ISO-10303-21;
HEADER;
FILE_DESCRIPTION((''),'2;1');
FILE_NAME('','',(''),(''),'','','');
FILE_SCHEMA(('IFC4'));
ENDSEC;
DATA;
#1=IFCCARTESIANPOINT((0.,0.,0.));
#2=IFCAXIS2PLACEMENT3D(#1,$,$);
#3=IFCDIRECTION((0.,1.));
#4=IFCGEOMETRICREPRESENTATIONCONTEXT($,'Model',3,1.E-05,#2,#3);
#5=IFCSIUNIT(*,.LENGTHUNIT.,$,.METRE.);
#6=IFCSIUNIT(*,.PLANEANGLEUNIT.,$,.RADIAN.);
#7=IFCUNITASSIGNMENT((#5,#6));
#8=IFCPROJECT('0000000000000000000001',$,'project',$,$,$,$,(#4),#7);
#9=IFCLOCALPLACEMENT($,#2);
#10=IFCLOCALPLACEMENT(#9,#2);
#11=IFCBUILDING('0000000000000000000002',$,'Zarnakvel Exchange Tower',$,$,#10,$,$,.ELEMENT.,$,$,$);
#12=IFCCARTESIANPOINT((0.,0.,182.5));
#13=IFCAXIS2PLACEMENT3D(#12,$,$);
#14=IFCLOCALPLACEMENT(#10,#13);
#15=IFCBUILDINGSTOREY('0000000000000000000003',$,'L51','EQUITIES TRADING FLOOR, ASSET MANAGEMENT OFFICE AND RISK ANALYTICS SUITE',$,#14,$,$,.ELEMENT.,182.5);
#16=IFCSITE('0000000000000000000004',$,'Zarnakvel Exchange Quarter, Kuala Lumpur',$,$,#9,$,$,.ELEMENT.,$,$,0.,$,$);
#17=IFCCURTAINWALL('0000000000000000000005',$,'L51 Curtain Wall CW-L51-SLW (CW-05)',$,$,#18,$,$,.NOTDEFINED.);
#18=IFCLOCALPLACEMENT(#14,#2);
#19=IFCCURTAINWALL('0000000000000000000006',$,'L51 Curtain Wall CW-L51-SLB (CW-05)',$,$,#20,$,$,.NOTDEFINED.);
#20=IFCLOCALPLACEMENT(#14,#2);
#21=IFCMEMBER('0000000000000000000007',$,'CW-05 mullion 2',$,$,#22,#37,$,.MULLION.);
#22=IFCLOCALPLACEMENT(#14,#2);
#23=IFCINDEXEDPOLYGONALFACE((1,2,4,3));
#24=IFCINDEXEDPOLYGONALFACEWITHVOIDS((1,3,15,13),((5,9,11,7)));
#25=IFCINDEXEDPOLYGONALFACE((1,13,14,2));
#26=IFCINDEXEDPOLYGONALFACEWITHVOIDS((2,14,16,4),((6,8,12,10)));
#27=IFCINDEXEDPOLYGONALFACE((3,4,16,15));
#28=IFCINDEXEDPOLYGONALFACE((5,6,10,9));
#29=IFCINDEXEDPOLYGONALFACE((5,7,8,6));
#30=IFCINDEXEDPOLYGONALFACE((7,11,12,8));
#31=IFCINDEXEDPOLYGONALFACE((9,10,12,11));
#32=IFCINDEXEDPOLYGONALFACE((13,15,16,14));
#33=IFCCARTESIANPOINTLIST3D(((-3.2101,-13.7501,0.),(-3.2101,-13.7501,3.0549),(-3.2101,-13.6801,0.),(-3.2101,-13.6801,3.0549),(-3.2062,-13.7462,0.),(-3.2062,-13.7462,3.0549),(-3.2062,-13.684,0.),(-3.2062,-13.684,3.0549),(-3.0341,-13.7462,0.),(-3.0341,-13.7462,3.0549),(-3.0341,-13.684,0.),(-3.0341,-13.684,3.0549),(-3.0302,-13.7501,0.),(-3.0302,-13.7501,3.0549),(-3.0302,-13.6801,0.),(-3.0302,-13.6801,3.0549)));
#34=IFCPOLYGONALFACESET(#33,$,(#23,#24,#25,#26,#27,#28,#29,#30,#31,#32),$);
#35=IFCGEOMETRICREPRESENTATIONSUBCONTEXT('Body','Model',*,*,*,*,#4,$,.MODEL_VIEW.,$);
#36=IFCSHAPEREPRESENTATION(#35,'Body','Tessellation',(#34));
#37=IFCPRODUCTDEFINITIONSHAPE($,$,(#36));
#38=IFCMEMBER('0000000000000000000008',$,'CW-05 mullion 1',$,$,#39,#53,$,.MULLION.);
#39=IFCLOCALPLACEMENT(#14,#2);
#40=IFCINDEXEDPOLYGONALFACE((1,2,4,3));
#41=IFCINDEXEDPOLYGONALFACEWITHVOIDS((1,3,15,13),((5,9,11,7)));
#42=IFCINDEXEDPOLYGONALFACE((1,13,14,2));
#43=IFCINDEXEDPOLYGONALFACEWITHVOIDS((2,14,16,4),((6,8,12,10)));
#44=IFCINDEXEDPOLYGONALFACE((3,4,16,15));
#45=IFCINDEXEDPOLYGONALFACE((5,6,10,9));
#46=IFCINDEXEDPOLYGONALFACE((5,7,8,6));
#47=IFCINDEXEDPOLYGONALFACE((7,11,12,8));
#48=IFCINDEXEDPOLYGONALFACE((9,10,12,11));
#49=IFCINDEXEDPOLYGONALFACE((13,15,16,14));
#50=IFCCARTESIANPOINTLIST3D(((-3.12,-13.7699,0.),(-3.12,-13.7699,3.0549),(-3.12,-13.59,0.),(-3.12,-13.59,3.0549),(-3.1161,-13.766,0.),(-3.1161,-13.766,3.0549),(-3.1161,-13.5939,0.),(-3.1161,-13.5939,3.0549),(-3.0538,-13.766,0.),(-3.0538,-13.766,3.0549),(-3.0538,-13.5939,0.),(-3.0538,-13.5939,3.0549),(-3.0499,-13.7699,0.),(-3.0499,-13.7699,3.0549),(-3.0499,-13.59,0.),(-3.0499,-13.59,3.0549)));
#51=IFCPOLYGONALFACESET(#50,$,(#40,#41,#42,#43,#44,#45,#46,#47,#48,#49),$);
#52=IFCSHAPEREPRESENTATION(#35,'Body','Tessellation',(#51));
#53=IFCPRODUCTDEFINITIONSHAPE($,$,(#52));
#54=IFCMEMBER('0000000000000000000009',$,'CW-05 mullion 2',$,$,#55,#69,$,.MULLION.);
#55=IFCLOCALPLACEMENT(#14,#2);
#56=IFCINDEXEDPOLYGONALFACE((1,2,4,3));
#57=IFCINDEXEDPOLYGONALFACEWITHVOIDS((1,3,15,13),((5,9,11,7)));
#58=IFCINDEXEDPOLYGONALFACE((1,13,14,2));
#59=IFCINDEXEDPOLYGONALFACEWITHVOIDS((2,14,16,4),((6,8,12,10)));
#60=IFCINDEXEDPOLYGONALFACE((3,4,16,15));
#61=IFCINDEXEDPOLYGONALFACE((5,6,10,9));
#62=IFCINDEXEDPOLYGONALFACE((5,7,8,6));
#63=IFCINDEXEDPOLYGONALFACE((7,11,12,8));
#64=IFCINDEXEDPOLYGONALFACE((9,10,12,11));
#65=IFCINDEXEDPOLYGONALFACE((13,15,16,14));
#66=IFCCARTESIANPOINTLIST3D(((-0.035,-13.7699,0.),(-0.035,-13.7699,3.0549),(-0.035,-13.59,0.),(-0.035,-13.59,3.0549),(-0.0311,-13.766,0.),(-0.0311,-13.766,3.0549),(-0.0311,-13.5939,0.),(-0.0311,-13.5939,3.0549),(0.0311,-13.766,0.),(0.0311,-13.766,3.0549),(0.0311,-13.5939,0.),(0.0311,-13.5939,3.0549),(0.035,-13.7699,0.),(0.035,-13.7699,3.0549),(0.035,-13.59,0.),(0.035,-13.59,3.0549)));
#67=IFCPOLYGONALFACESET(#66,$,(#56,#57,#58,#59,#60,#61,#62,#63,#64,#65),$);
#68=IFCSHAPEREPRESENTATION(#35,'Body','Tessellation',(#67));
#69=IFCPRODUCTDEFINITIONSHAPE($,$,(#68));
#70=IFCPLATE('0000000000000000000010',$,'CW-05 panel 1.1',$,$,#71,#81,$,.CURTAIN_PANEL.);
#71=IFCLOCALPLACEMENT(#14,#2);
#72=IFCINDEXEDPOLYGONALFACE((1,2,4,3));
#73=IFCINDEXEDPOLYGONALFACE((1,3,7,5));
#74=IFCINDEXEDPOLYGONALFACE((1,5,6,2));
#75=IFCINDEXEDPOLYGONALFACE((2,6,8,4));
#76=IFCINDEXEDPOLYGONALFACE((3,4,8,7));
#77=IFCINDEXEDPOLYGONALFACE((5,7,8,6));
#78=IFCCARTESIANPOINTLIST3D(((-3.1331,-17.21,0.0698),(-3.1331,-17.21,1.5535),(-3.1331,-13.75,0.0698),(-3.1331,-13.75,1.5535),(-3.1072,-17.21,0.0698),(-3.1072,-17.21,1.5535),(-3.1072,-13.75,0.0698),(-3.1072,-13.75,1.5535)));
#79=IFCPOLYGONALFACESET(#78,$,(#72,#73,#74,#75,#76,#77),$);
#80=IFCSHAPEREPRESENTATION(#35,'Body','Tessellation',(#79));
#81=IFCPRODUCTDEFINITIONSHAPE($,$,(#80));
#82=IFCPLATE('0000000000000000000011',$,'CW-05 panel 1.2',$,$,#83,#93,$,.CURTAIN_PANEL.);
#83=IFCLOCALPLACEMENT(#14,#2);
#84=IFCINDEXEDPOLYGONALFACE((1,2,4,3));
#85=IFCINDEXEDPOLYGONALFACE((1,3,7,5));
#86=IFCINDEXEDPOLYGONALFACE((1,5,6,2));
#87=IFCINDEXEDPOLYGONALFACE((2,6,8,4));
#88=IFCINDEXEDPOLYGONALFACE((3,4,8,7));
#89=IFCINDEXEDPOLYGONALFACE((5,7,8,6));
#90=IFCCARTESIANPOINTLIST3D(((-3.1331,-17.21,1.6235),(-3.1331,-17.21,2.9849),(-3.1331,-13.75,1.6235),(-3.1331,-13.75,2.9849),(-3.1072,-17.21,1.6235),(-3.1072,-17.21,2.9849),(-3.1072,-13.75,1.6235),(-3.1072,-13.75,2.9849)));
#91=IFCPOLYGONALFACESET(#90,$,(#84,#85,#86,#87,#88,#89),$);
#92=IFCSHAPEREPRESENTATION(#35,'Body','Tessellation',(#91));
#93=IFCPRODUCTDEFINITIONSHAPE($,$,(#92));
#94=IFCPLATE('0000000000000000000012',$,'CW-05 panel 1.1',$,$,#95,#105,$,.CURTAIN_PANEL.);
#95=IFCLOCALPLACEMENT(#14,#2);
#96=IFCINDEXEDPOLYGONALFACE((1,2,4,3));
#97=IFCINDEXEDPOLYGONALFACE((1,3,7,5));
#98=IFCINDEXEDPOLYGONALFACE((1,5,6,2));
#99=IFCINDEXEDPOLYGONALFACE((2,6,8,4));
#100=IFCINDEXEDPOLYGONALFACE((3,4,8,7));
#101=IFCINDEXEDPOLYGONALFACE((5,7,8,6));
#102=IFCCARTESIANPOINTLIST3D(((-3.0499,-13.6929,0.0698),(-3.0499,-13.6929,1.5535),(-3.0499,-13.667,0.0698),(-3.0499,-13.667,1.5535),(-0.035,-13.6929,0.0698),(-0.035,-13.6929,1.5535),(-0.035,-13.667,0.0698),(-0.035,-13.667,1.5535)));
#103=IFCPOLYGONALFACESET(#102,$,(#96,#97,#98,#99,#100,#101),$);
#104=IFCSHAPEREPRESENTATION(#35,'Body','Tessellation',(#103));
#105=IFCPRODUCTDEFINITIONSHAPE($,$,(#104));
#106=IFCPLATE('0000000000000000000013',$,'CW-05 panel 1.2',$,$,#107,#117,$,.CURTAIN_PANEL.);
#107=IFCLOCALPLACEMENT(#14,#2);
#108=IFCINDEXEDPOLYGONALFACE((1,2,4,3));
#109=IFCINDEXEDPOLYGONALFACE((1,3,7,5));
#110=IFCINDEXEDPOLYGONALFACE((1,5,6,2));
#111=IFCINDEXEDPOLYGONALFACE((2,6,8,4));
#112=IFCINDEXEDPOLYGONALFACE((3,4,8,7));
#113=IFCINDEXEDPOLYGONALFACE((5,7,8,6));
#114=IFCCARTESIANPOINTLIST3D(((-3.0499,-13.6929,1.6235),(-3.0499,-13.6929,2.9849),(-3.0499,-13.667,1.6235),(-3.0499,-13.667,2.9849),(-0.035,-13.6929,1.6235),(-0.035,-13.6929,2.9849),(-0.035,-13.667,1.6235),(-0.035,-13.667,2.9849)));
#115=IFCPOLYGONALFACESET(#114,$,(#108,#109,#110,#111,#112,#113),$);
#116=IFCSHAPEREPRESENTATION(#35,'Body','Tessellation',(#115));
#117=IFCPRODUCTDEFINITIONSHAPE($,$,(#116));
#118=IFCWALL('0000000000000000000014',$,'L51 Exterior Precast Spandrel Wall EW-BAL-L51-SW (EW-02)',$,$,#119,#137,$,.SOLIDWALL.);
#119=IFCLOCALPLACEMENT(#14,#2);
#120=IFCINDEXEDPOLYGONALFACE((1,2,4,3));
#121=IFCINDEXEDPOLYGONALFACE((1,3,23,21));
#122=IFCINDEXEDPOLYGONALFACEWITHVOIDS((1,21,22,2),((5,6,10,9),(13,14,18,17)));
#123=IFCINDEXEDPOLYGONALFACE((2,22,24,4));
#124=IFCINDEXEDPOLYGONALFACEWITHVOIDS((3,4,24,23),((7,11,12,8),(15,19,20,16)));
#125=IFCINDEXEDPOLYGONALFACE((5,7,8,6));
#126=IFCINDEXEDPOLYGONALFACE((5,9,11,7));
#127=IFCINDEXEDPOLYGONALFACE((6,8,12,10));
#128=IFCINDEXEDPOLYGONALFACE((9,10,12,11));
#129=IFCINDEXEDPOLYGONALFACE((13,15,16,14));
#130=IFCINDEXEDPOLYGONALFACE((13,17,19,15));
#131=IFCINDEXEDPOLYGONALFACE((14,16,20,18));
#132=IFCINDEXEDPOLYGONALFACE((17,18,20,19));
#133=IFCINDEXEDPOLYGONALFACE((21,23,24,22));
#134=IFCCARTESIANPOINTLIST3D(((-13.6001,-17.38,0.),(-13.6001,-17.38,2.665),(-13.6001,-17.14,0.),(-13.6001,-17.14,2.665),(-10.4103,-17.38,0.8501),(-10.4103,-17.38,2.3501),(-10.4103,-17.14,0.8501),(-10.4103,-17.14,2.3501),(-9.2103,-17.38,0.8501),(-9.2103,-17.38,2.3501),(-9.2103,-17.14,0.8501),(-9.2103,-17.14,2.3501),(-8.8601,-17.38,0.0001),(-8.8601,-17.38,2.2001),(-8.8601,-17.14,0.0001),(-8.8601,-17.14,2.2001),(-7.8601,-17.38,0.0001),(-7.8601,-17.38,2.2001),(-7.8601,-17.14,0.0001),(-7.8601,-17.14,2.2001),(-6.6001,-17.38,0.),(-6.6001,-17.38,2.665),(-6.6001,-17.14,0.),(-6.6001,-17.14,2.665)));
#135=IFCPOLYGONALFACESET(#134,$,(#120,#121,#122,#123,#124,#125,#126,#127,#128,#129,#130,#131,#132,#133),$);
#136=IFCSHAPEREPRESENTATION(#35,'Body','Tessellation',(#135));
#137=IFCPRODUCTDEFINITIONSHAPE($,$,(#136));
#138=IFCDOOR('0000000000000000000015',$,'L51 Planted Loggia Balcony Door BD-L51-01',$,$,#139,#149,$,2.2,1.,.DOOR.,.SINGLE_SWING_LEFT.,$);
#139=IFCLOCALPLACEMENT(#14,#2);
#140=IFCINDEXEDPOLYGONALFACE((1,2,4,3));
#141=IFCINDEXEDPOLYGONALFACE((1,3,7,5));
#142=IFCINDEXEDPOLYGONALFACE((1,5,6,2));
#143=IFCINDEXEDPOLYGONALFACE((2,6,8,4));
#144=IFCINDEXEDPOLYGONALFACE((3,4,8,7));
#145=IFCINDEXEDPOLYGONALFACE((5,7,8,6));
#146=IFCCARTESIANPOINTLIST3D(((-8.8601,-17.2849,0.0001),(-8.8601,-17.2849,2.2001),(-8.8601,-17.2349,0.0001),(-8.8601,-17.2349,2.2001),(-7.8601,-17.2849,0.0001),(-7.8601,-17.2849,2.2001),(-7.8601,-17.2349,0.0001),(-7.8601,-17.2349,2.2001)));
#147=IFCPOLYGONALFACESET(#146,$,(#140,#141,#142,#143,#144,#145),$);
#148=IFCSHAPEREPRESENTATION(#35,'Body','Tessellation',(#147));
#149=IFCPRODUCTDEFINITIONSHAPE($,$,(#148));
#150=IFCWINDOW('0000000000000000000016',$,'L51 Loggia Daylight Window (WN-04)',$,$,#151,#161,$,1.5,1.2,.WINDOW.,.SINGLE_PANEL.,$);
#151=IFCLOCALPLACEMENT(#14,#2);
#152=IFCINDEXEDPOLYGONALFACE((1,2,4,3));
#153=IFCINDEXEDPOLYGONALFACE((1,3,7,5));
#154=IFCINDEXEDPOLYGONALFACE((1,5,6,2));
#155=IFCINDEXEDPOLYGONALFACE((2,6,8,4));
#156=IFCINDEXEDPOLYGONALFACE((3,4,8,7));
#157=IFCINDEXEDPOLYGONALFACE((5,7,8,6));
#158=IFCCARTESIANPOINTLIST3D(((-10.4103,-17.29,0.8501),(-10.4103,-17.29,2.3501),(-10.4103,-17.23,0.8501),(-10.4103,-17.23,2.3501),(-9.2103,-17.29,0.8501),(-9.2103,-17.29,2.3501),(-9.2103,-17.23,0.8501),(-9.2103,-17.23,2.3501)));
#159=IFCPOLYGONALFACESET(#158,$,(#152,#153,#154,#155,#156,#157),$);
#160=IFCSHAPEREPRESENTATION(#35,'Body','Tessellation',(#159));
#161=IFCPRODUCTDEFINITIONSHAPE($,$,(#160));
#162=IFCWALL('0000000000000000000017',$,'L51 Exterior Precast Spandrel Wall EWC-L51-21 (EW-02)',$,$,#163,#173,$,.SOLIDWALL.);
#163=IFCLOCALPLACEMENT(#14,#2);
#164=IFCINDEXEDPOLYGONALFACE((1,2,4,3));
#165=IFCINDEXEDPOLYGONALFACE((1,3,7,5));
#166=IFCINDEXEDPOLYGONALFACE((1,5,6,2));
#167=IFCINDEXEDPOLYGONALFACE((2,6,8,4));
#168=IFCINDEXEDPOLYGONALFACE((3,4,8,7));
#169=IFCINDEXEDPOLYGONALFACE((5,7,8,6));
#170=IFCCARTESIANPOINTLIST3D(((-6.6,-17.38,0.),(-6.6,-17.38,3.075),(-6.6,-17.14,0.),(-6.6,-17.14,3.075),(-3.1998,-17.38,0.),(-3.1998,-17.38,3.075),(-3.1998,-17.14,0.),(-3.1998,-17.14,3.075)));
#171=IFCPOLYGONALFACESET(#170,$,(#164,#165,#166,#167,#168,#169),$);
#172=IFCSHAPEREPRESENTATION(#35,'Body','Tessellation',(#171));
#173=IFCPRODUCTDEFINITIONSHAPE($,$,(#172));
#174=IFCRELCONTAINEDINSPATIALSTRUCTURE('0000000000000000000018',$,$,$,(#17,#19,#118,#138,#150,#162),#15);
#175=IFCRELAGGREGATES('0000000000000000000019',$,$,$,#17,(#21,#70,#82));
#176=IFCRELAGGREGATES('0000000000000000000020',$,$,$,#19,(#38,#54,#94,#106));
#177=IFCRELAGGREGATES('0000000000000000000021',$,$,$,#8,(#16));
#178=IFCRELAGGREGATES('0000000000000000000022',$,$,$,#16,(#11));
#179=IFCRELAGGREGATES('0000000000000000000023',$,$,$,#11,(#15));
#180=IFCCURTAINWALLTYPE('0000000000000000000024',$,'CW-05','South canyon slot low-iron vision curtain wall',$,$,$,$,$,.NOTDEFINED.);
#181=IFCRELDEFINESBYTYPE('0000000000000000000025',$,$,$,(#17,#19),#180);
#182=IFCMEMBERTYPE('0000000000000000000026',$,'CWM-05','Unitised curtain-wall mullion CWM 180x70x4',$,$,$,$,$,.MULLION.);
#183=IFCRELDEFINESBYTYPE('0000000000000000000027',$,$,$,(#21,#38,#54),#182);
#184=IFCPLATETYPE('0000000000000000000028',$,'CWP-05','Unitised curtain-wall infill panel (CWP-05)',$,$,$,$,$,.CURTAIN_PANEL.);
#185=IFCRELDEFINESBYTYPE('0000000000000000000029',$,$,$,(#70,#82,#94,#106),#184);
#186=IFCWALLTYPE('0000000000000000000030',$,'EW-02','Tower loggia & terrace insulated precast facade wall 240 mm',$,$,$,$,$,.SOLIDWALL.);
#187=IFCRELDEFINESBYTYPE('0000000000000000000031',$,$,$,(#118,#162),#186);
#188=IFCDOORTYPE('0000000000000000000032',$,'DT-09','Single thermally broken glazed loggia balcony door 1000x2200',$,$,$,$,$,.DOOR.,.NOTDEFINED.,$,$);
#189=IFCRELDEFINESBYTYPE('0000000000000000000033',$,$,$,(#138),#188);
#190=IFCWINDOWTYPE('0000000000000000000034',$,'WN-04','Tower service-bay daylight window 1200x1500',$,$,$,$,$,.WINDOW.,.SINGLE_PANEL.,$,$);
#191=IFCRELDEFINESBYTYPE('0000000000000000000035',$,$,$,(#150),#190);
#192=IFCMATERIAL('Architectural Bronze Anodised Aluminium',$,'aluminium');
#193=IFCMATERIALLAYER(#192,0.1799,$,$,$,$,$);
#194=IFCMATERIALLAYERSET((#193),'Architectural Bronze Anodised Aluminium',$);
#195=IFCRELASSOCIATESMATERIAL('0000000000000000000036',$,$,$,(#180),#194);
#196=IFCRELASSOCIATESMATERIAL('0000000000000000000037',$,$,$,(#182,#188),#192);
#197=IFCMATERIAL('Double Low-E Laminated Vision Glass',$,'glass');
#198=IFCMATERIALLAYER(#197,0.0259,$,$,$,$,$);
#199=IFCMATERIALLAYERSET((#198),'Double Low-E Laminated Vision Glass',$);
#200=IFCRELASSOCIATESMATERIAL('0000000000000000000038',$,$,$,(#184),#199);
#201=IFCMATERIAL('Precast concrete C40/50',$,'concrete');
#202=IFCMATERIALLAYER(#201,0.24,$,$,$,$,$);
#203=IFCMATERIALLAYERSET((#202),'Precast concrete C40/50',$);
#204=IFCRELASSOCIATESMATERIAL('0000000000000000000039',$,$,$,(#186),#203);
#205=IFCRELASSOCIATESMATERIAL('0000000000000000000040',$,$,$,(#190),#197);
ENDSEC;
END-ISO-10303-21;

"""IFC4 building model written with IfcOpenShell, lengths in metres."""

from ifc_helpers import new_model, si_unit, direction, frame, frame_2d, origin, origin_2d, place, context, subcontext, project, spatial, rectangle, hollow_rectangle, extrude, source, transform, mapped, material, layer, layer_set, material_profile, profile_set, type_object, element, fill, aggregate, save


model = new_model("IFC4")

# Units and contexts
model_context = context("Model", 3, precision=1e-05, world=origin(), true_north=direction((0.0, 1.0)))
body_context = subcontext(model_context, "Body", "Model", "MODEL_VIEW")
ifc_project = project(units=[si_unit("LENGTHUNIT", "METRE"), si_unit("PLANEANGLEUNIT", "RADIAN")], contexts=[model_context])

# Site, building, storey
site_placement = place(None, origin())
site = spatial("IfcSite", under=ifc_project, at=site_placement, Name="Zarnakvel Exchange Quarter, Kuala Lumpur", CompositionType="ELEMENT", RefElevation=0.0)
building_placement = place(site_placement, origin())
building = spatial("IfcBuilding", under=site, at=building_placement, Name="Zarnakvel Exchange Tower", CompositionType="ELEMENT")
storey_placement = place(building_placement, frame((0.0, 0.0, 182.5)))
storey = spatial("IfcBuildingStorey", under=building, at=storey_placement, Name="L51", Description="EQUITIES TRADING FLOOR, ASSET MANAGEMENT OFFICE AND RISK ANALYTICS SUITE", CompositionType="ELEMENT", Elevation=182.5)

# Curtain walls
ifc_material_1 = material(Name="Architectural Bronze Anodised Aluminium", Category="aluminium")
ifc_layer_1 = layer(ifc_material_1, 0.1799)
ifc_layer_set_1 = layer_set([ifc_layer_1], Name="Architectural Bronze Anodised Aluminium")
curtain_wall_type = type_object("IfcCurtainWallType", Name="CW-05", Description="South canyon slot low-iron vision curtain wall", PredefinedType="NOTDEFINED", material=ifc_layer_set_1)
curtain_wall_1_placement = place(storey_placement, origin())
curtain_wall_1 = element("IfcCurtainWall", 1, at=curtain_wall_1_placement, inside=storey, type_object=curtain_wall_type, Name="L51 Curtain Wall CW-L51-SLW (CW-05)", PredefinedType="NOTDEFINED")
curtain_wall_2_placement = place(storey_placement, origin())
curtain_wall_2 = element("IfcCurtainWall", 2, at=curtain_wall_2_placement, inside=storey, type_object=curtain_wall_type, Name="L51 Curtain Wall CW-L51-SLB (CW-05)", PredefinedType="NOTDEFINED")

# Members
ifc_material_profile_1 = material_profile(ifc_material_1, hollow_rectangle(XDim=0.1799, YDim=0.0701, WallThickness=0.0039, at=origin_2d()))
ifc_profile_set_1 = profile_set([ifc_material_profile_1], Name="Architectural Bronze Anodised Aluminium")
member_type_1 = type_object("IfcMemberType", Name="CWM-05", Description="Unitised curtain-wall mullion CWM 180x70x4", PredefinedType="MULLION", material=ifc_profile_set_1)
shared_shape_1 = source(origin(), body_context, "Body", "SweptSolid", [
    extrude(hollow_rectangle(XDim=0.1799, YDim=0.0701, WallThickness=0.0039, at=origin_2d()), origin(), (0.0, 0.0, 1.0), 3.0549),
])
member_1_placement = place(storey_placement, frame((-3.1201, -13.7151, 0.0), z_axis=(0.0, 0.0, 1.0), x_axis=(-1.0, 0.0, 0.0)))
member_1 = element("IfcMember", 3, at=member_1_placement, type_object=member_type_1, Name="CW-05 mullion 2", PredefinedType="MULLION", context=body_context, shape_type="MappedRepresentation", body=[
    mapped(shared_shape_1, transform((0.0, 0.0, 0.0), x_axis=(1.0, 0.0, 0.0), y_axis=(0.0, 1.0, 0.0), z_axis=(0.0, 0.0, 1.0), scale=1.0)),
])
member_2_placement = place(storey_placement, frame((-3.085, -13.6799, 0.0), z_axis=(0.0, 0.0, 1.0), x_axis=(0.0, 1.0, 0.0)))
member_2 = element("IfcMember", 4, at=member_2_placement, type_object=member_type_1, Name="CW-05 mullion 1", PredefinedType="MULLION", context=body_context, shape_type="MappedRepresentation", body=[
    mapped(shared_shape_1, transform((0.0, 0.0, 0.0), x_axis=(1.0, 0.0, 0.0), y_axis=(0.0, 1.0, 0.0), z_axis=(0.0, 0.0, 1.0), scale=1.0)),
])
member_3_placement = place(storey_placement, frame((0.0, -13.6799, 0.0), z_axis=(0.0, 0.0, 1.0), x_axis=(0.0, 1.0, 0.0)))
member_3 = element("IfcMember", 5, at=member_3_placement, type_object=member_type_1, Name="CW-05 mullion 2", PredefinedType="MULLION", context=body_context, shape_type="MappedRepresentation", body=[
    mapped(shared_shape_1, transform((0.0, 0.0, 0.0), x_axis=(1.0, 0.0, 0.0), y_axis=(0.0, 1.0, 0.0), z_axis=(0.0, 0.0, 1.0), scale=1.0)),
])

# Plates
ifc_material_2 = material(Name="Double Low-E Laminated Vision Glass", Category="glass")
ifc_layer_2 = layer(ifc_material_2, 0.0259)
ifc_layer_set_2 = layer_set([ifc_layer_2], Name="Double Low-E Laminated Vision Glass")
plate_type = type_object("IfcPlateType", Name="CWP-05", Description="Unitised curtain-wall infill panel (CWP-05)", PredefinedType="CURTAIN_PANEL", material=ifc_layer_set_2)
shared_shape_2 = source(origin(), body_context, "Body", "SweptSolid", [
    extrude(rectangle(XDim=3.46, YDim=0.0259, at=origin_2d()), origin(), (0.0, 0.0, 1.0), 1.4836),
])
plate_1_placement = place(storey_placement, frame((-3.1201, -15.48, 0.0698), z_axis=(0.0, 0.0, 1.0), x_axis=(0.0, 1.0, 0.0)))
plate_1 = element("IfcPlate", 6, at=plate_1_placement, type_object=plate_type, Name="CW-05 panel 1.1", PredefinedType="CURTAIN_PANEL", context=body_context, shape_type="MappedRepresentation", body=[
    mapped(shared_shape_2, transform((0.0, 0.0, 0.0), x_axis=(1.0, 0.0, 0.0), y_axis=(0.0, 1.0, 0.0), z_axis=(0.0, 0.0, 1.0), scale=1.0)),
])
shared_shape_3 = source(origin(), body_context, "Body", "SweptSolid", [
    extrude(rectangle(XDim=3.46, YDim=0.0259, at=origin_2d()), origin(), (0.0, 0.0, 1.0), 1.3613),
])
plate_2_placement = place(storey_placement, frame((-3.1201, -15.48, 1.6235), z_axis=(0.0, 0.0, 1.0), x_axis=(0.0, 1.0, 0.0)))
plate_2 = element("IfcPlate", 7, at=plate_2_placement, type_object=plate_type, Name="CW-05 panel 1.2", PredefinedType="CURTAIN_PANEL", context=body_context, shape_type="MappedRepresentation", body=[
    mapped(shared_shape_3, transform((0.0, 0.0, 0.0), x_axis=(1.0, 0.0, 0.0), y_axis=(0.0, 1.0, 0.0), z_axis=(0.0, 0.0, 1.0), scale=1.0)),
])
aggregate(curtain_wall_1, [member_1, plate_1, plate_2])
shared_shape_4 = source(origin(), body_context, "Body", "SweptSolid", [
    extrude(rectangle(XDim=3.0149, YDim=0.0259, at=origin_2d()), origin(), (0.0, 0.0, 1.0), 1.4836),
])
plate_3_placement = place(storey_placement, frame((-1.5425, -13.6799, 0.0698), z_axis=(0.0, 0.0, 1.0), x_axis=(1.0, 0.0, 0.0)))
plate_3 = element("IfcPlate", 8, at=plate_3_placement, type_object=plate_type, Name="CW-05 panel 1.1", PredefinedType="CURTAIN_PANEL", context=body_context, shape_type="MappedRepresentation", body=[
    mapped(shared_shape_4, transform((0.0, 0.0, 0.0), x_axis=(1.0, 0.0, 0.0), y_axis=(0.0, 1.0, 0.0), z_axis=(0.0, 0.0, 1.0), scale=1.0)),
])
shared_shape_5 = source(origin(), body_context, "Body", "SweptSolid", [
    extrude(rectangle(XDim=3.0149, YDim=0.0259, at=origin_2d()), origin(), (0.0, 0.0, 1.0), 1.3613),
])
plate_4_placement = place(storey_placement, frame((-1.5425, -13.6799, 1.6235), z_axis=(0.0, 0.0, 1.0), x_axis=(1.0, 0.0, 0.0)))
plate_4 = element("IfcPlate", 9, at=plate_4_placement, type_object=plate_type, Name="CW-05 panel 1.2", PredefinedType="CURTAIN_PANEL", context=body_context, shape_type="MappedRepresentation", body=[
    mapped(shared_shape_5, transform((0.0, 0.0, 0.0), x_axis=(1.0, 0.0, 0.0), y_axis=(0.0, 1.0, 0.0), z_axis=(0.0, 0.0, 1.0), scale=1.0)),
])
aggregate(curtain_wall_2, [member_2, member_3, plate_3, plate_4])

# Wall, openings, door, window
ifc_material_3 = material(Name="Precast concrete C40/50", Category="concrete")
ifc_layer_3 = layer(ifc_material_3, 0.24)
ifc_layer_set_3 = layer_set([ifc_layer_3], Name="Precast concrete C40/50")
wall_type = type_object("IfcWallType", Name="EW-02", Description="Tower loggia & terrace insulated precast facade wall 240 mm", PredefinedType="SOLIDWALL", material=ifc_layer_set_3)
wall_1_placement = place(storey_placement, frame((-6.6001, -17.26, 0.0), z_axis=(0.0, 0.0, 1.0), x_axis=(-1.0, 0.0, 0.0)))
wall_1 = element("IfcWall", 10, at=wall_1_placement, inside=storey, type_object=wall_type, Name="L51 Exterior Precast Spandrel Wall EW-BAL-L51-SW (EW-02)", PredefinedType="SOLIDWALL", context=body_context, shape_type="SweptSolid", body=[
    extrude(rectangle(XDim=7.0, YDim=0.24, at=frame_2d((3.5, 0.0))), origin(), (0.0, 0.0, 1.0), 2.665),
])
opening_1_placement = place(wall_1_placement, frame((1.26, 0.0, 0.0)))
opening_1 = element("IfcOpeningElement", 11, at=opening_1_placement, cuts=wall_1, PredefinedType="OPENING", context=body_context, shape_type="SweptSolid", body=[
    extrude(rectangle(XDim=1.0, YDim=2.2, at=frame_2d((0.5, 1.1001))), frame((0.0, 0.1299, 0.0), z_axis=(0.0, -1.0, 0.0), x_axis=(1.0, 0.0, 0.0)), (0.0, 0.0, 1.0), 0.26),
])
opening_2_placement = place(wall_1_placement, frame((2.6101, 0.0, 0.8501)))
opening_2 = element("IfcOpeningElement", 12, at=opening_2_placement, cuts=wall_1, PredefinedType="OPENING", context=body_context, shape_type="SweptSolid", body=[
    extrude(rectangle(XDim=1.2, YDim=1.5, at=frame_2d((0.6001, 0.75))), frame((0.0, 0.1299, 0.0), z_axis=(0.0, -1.0, 0.0), x_axis=(1.0, 0.0, 0.0)), (0.0, 0.0, 1.0), 0.26),
])
door_type = type_object("IfcDoorType", Name="DT-09", Description="Single thermally broken glazed loggia balcony door 1000x2200", OperationType="NOTDEFINED", PredefinedType="DOOR", material=ifc_material_1)
shared_shape_6 = source(origin(), body_context, "Body", "SweptSolid", [
    extrude(rectangle(XDim=1.0, YDim=2.2, at=frame_2d((0.5, 1.1001))), frame((0.0, 0.0249, 0.0), z_axis=(0.0, -1.0, 0.0), x_axis=(1.0, 0.0, 0.0)), (0.0, 0.0, 1.0), 0.05),
])
door_placement = place(opening_1_placement, origin())
door = element("IfcDoor", 13, at=door_placement, inside=storey, type_object=door_type, Name="L51 Planted Loggia Balcony Door BD-L51-01", OperationType="SINGLE_SWING_LEFT", OverallHeight=2.2, OverallWidth=1.0, PredefinedType="DOOR", context=body_context, shape_type="MappedRepresentation", body=[
    mapped(shared_shape_6, transform((0.0, 0.0, 0.0), x_axis=(1.0, 0.0, 0.0), y_axis=(0.0, 1.0, 0.0), z_axis=(0.0, 0.0, 1.0), scale=1.0)),
])
fill(opening_1, door)
window_type = type_object("IfcWindowType", Name="WN-04", Description="Tower service-bay daylight window 1200x1500", PartitioningType="SINGLE_PANEL", PredefinedType="WINDOW", material=ifc_material_2)
shared_shape_7 = source(origin(), body_context, "Body", "SweptSolid", [
    extrude(rectangle(XDim=1.2, YDim=1.5, at=frame_2d((0.6001, 0.75))), frame((0.0, 0.03, 0.0), z_axis=(0.0, -1.0, 0.0), x_axis=(1.0, 0.0, 0.0)), (0.0, 0.0, 1.0), 0.0601),
])
window_placement = place(opening_2_placement, origin())
window = element("IfcWindow", 14, at=window_placement, inside=storey, type_object=window_type, Name="L51 Loggia Daylight Window (WN-04)", OverallHeight=1.5, OverallWidth=1.2, PartitioningType="SINGLE_PANEL", PredefinedType="WINDOW", context=body_context, shape_type="MappedRepresentation", body=[
    mapped(shared_shape_7, transform((0.0, 0.0, 0.0), x_axis=(1.0, 0.0, 0.0), y_axis=(0.0, 1.0, 0.0), z_axis=(0.0, 0.0, 1.0), scale=1.0)),
])
fill(opening_2, window)

# Wall
wall_2_placement = place(storey_placement, frame((-6.6001, -17.26, 0.0), z_axis=(0.0, 0.0, 1.0), x_axis=(1.0, 0.0, 0.0)))
element("IfcWall", 15, at=wall_2_placement, inside=storey, type_object=wall_type, Name="L51 Exterior Precast Spandrel Wall EWC-L51-21 (EW-02)", PredefinedType="SOLIDWALL", context=body_context, shape_type="SweptSolid", body=[
    extrude(rectangle(XDim=3.4001, YDim=0.24, at=frame_2d((1.7002, 0.0))), origin(), (0.0, 0.0, 1.0), 3.075),
])

save(model, "model.ifc")
